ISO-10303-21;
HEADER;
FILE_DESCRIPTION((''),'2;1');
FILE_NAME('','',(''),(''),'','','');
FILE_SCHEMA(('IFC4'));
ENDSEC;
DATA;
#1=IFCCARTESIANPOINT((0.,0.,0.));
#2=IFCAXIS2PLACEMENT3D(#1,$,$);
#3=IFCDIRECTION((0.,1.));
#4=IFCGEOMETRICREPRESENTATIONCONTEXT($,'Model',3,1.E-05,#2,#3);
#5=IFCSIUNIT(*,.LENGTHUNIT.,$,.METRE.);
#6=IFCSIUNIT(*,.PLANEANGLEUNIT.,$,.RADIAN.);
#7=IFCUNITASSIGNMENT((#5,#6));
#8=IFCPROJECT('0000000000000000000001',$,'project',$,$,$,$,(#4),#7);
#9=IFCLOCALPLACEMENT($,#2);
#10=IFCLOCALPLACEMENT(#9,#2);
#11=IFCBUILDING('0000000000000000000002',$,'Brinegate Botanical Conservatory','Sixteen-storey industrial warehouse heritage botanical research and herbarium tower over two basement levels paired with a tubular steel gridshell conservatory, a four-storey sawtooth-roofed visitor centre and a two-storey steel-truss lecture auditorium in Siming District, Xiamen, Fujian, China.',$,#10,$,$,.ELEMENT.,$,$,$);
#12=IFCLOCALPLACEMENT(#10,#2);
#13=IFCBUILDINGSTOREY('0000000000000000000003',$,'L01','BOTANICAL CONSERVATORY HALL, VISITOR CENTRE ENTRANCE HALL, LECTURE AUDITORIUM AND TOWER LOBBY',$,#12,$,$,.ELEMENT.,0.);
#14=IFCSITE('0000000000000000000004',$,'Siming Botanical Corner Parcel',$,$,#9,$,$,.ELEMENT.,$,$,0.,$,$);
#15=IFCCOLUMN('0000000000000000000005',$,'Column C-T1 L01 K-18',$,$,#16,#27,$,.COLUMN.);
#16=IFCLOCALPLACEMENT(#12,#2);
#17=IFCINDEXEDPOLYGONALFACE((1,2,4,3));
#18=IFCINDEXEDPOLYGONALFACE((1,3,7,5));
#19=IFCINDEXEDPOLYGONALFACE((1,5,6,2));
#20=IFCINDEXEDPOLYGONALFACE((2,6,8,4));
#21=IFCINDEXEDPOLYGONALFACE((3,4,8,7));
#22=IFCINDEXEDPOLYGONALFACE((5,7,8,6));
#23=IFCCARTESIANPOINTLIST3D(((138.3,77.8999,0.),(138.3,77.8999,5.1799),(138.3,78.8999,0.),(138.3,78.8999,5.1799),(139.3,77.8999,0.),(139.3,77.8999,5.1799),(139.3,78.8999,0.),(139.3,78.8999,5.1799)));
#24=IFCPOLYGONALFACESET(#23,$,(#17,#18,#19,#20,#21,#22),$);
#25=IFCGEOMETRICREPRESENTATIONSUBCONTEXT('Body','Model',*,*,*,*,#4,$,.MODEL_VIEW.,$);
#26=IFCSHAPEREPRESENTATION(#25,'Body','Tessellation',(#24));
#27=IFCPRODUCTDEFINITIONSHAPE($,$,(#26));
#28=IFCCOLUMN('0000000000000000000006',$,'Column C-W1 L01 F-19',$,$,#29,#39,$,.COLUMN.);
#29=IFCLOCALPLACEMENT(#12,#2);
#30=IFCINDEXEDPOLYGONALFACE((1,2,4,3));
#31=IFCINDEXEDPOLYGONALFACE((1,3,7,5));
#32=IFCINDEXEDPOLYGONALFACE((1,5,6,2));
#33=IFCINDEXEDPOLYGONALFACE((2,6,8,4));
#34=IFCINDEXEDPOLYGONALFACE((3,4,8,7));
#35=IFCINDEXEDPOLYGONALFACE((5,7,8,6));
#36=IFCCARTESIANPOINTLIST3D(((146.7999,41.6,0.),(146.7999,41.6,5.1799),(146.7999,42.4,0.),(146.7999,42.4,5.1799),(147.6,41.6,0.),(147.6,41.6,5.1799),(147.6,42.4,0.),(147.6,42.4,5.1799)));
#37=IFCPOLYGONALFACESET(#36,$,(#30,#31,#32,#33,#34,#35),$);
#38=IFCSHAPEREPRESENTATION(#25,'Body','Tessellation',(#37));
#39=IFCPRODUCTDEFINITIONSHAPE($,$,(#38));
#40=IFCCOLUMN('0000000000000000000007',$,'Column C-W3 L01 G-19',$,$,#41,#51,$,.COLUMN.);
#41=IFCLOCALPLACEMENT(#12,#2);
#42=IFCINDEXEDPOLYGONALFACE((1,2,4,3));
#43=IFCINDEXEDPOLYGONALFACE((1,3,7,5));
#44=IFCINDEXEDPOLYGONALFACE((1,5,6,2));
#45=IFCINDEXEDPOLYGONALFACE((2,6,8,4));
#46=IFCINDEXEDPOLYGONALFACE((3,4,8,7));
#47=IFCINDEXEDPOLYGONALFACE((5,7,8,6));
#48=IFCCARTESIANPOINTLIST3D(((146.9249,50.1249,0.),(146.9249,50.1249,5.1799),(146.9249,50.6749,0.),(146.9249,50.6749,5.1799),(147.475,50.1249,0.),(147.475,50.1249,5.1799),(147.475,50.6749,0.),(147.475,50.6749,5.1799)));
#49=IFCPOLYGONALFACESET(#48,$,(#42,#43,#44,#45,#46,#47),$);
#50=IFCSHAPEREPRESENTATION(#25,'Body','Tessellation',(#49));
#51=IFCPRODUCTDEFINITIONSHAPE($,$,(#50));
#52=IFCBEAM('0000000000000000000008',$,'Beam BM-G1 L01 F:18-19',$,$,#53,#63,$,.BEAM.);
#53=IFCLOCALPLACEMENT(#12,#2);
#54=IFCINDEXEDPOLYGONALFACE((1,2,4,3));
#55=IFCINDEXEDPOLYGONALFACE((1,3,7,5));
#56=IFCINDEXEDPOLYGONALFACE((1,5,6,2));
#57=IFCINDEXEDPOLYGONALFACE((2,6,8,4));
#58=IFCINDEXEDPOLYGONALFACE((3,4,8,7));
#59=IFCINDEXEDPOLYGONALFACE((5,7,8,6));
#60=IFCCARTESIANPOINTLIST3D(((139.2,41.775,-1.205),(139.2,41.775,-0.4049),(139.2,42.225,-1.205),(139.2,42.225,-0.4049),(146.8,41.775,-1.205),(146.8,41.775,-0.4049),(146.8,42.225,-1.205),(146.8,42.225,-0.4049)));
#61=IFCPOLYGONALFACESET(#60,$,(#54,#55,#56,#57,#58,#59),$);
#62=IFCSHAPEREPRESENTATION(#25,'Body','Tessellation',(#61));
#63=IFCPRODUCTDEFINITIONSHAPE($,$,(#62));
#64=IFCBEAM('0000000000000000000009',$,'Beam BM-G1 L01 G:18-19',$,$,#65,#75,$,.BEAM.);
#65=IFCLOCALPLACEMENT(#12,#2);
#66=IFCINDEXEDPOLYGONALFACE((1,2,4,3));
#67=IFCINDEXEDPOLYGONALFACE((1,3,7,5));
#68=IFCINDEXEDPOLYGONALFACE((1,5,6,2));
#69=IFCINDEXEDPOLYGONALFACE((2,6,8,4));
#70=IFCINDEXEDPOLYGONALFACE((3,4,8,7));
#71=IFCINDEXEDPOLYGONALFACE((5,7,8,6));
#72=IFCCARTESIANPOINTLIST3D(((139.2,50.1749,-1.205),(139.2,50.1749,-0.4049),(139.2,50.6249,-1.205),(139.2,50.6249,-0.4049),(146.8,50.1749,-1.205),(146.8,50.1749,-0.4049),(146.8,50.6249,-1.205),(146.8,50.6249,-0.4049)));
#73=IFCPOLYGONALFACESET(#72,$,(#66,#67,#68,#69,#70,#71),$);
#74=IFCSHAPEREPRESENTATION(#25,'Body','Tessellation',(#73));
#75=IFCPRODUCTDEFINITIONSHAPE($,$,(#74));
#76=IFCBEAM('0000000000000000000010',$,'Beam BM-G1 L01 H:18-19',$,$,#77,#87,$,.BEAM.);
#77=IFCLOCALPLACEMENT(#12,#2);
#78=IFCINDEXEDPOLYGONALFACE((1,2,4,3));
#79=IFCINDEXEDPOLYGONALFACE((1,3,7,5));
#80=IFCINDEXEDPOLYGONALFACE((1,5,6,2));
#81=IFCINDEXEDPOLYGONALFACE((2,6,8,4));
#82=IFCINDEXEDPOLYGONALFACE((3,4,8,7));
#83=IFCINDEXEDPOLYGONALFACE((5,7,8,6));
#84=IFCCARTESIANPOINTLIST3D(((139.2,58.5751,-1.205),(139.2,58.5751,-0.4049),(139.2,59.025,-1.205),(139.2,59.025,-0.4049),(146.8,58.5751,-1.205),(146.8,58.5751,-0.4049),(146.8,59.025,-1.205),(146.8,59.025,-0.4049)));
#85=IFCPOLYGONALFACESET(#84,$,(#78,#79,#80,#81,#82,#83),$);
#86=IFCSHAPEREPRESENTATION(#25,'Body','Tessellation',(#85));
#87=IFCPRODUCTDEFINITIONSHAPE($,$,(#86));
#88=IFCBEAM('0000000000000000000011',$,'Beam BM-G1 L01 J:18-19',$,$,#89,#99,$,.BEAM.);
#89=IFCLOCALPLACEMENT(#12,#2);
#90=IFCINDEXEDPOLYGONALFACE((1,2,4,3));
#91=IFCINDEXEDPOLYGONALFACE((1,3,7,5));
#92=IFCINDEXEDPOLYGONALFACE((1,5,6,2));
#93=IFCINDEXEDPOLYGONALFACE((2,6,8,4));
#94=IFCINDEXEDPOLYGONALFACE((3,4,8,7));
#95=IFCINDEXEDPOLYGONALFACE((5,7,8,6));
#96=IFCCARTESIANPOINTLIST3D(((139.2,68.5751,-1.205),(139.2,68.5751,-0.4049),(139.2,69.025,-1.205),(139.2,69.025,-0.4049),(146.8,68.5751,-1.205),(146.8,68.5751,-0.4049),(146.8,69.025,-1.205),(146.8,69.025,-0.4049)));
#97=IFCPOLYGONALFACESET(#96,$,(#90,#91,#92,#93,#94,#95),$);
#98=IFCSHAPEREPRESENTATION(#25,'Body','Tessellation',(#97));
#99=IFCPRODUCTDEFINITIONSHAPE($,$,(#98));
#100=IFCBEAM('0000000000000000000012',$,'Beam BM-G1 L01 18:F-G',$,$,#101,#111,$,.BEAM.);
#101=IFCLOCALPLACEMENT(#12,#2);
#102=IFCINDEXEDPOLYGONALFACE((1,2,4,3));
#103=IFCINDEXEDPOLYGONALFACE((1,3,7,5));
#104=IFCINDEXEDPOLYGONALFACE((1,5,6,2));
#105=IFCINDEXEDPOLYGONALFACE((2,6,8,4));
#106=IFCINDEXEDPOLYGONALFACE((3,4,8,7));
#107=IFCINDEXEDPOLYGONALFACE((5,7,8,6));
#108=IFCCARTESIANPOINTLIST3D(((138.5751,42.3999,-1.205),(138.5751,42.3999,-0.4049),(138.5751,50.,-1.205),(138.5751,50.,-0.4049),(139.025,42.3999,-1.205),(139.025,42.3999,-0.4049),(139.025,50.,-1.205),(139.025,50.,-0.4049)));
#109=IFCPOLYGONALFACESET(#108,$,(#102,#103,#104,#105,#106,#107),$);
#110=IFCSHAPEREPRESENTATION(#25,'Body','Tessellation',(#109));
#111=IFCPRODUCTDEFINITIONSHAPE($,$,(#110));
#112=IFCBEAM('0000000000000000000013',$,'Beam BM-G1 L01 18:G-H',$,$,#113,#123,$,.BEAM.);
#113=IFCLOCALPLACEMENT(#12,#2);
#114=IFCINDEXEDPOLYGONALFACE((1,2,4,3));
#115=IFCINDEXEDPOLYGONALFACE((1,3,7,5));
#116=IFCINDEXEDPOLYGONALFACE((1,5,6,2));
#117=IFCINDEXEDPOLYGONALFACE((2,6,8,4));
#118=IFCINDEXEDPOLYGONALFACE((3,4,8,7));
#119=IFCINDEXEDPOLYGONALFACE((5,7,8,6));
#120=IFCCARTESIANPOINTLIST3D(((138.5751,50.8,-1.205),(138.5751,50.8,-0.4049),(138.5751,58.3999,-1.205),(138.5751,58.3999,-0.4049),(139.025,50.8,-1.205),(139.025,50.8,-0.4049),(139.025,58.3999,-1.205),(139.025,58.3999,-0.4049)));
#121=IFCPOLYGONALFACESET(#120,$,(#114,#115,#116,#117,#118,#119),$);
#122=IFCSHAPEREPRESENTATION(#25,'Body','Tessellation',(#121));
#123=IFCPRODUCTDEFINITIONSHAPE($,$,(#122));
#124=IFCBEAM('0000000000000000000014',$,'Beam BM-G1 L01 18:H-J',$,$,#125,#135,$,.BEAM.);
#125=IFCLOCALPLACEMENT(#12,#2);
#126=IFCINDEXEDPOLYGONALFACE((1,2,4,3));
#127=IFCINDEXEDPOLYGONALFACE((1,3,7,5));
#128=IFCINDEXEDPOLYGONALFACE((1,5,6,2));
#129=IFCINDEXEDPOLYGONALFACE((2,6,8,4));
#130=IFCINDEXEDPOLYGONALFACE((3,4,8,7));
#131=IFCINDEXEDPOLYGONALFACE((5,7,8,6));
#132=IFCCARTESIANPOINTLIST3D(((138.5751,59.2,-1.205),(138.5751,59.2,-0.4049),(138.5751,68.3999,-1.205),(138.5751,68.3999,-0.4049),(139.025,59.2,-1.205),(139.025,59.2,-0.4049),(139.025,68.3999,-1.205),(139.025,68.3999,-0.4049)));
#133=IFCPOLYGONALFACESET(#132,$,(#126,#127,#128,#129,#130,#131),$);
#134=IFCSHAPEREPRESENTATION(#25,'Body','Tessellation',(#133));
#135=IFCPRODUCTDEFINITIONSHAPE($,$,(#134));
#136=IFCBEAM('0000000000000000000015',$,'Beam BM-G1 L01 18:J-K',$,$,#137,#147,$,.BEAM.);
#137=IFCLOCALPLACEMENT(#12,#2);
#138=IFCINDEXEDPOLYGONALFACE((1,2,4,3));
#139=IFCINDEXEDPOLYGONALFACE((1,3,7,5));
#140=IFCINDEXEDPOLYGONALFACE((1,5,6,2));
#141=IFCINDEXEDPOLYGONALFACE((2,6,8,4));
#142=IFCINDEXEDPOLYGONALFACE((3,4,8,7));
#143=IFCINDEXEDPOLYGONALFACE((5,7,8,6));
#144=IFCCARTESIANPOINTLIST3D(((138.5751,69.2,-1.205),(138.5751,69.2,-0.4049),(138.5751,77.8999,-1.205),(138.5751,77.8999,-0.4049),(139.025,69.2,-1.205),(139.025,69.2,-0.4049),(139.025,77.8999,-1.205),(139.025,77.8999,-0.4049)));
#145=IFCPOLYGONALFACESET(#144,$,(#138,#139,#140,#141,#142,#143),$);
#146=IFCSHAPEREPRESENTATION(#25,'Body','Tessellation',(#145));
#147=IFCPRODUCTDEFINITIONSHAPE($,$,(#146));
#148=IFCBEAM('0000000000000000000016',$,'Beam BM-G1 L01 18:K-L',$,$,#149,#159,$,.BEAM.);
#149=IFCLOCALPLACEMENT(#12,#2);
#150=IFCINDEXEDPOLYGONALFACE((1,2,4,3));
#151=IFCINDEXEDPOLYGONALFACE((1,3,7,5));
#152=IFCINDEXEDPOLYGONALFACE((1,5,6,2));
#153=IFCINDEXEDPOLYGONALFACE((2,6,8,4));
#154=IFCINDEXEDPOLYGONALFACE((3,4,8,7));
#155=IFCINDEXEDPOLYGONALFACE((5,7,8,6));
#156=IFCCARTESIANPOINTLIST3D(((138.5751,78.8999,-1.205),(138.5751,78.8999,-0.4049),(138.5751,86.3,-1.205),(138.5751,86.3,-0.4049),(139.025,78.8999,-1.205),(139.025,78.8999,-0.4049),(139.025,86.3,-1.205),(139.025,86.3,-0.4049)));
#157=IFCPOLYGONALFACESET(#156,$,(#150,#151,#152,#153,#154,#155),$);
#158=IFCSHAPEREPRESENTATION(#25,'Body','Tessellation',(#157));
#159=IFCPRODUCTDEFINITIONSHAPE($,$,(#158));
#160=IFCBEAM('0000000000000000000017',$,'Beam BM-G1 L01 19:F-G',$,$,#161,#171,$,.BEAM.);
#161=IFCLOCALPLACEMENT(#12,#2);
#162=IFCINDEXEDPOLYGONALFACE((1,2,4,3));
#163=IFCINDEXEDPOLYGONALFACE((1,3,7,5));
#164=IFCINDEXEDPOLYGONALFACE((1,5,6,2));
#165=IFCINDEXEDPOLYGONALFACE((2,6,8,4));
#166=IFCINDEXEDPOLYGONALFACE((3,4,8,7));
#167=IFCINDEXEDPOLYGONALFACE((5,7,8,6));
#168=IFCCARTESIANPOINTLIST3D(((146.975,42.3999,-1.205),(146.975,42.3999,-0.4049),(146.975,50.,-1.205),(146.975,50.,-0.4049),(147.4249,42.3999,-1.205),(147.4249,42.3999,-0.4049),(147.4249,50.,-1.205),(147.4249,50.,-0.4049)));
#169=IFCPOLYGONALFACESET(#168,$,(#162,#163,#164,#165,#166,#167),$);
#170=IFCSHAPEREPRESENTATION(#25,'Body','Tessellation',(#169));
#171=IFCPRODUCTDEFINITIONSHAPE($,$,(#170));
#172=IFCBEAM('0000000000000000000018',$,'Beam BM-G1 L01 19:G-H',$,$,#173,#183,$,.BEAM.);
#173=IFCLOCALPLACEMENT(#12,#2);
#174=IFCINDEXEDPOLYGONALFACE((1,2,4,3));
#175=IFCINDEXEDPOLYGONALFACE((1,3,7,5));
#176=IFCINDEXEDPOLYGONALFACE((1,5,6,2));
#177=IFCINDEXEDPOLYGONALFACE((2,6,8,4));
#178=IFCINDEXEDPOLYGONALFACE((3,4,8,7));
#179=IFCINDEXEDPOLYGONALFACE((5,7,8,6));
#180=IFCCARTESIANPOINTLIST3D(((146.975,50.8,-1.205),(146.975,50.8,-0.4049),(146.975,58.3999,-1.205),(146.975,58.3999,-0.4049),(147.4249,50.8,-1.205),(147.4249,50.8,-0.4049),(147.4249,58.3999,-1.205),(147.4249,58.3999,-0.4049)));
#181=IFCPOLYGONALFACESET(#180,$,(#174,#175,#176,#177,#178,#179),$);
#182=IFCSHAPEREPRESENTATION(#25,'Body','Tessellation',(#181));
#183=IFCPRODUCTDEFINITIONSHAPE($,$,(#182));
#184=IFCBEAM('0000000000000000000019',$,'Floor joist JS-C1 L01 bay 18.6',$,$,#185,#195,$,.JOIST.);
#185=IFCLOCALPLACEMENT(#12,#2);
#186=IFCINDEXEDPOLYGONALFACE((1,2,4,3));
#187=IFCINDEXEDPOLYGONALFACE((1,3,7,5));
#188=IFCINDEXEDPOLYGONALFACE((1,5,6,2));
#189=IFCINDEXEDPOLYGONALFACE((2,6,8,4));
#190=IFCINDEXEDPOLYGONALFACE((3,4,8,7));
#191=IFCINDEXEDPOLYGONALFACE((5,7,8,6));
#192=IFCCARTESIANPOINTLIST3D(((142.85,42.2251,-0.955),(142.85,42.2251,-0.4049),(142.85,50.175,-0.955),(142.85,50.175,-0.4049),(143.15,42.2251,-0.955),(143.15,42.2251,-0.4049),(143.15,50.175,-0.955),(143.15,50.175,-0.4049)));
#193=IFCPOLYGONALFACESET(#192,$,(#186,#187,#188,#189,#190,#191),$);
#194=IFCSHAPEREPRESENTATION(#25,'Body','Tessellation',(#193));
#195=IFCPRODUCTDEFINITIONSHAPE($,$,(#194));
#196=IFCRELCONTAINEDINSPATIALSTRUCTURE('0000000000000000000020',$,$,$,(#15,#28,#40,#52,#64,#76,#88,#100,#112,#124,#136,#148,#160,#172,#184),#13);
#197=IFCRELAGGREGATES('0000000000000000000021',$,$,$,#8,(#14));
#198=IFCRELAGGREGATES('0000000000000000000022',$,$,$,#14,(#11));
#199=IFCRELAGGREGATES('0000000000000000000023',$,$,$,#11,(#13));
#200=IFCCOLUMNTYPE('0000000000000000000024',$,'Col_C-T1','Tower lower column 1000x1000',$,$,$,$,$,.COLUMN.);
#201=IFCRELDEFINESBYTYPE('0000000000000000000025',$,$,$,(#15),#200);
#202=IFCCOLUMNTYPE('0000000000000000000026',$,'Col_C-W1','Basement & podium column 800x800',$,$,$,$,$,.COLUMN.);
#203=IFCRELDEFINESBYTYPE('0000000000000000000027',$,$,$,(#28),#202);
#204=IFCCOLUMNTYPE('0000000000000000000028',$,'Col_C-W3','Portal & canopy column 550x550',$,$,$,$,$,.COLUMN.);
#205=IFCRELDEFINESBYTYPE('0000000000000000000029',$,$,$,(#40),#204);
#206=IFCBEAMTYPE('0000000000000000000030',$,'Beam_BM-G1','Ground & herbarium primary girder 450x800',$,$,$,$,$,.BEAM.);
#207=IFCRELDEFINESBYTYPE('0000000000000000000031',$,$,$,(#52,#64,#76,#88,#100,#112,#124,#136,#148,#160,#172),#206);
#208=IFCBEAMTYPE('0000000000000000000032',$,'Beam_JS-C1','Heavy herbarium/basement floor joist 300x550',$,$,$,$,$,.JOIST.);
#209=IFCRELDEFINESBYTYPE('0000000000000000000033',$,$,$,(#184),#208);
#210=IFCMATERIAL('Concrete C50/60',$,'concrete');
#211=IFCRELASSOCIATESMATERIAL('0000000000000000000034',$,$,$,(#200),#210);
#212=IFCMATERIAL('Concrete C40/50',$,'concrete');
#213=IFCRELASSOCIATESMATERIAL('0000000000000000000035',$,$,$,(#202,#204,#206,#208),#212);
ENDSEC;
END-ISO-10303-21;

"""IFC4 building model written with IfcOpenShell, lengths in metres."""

from ifc_helpers import new_model, si_unit, direction, frame, origin, origin_2d, place, context, subcontext, project, spatial, rectangle, extrude, material, material_profile, profile_set, type_object, element, save


model = new_model("IFC4")

# Units and contexts
model_context = context("Model", 3, precision=1e-05, world=origin(), true_north=direction((0.0, 1.0)))
body_context = subcontext(model_context, "Body", "Model", "MODEL_VIEW")
ifc_project = project(units=[si_unit("LENGTHUNIT", "METRE"), si_unit("PLANEANGLEUNIT", "RADIAN")], contexts=[model_context])

# Site, building, storey
site_placement = place(None, origin())
site = spatial("IfcSite", under=ifc_project, at=site_placement, Name="Siming Botanical Corner Parcel", CompositionType="ELEMENT", RefElevation=0.0)
building_placement = place(site_placement, origin())
building = spatial("IfcBuilding", under=site, at=building_placement, Name="Brinegate Botanical Conservatory", Description="Sixteen-storey industrial warehouse heritage botanical research and herbarium tower over two basement levels paired with a tubular steel gridshell conservatory, a four-storey sawtooth-roofed visitor centre and a two-storey steel-truss lecture auditorium in Siming District, Xiamen, Fujian, China.", CompositionType="ELEMENT")
storey_placement = place(building_placement, origin())
storey = spatial("IfcBuildingStorey", under=building, at=storey_placement, Name="L01", Description="BOTANICAL CONSERVATORY HALL, VISITOR CENTRE ENTRANCE HALL, LECTURE AUDITORIUM AND TOWER LOBBY", CompositionType="ELEMENT", Elevation=0.0)

# Columns
ifc_material_1 = material(Name="Concrete C50/60", Category="concrete")
ifc_material_profile_1 = material_profile(ifc_material_1, rectangle(XDim=1.0, YDim=1.0, at=origin_2d()), Name="RC COL 1000x1000")
ifc_profile_set_1 = profile_set([ifc_material_profile_1], Name="Concrete C50/60")
column_type_1 = type_object("IfcColumnType", Name="Col_C-T1", Description="Tower lower column 1000x1000", PredefinedType="COLUMN", material=ifc_profile_set_1)
column_1_placement = place(storey_placement, frame((138.8, 78.3999, 0.0), z_axis=(0.0, 0.0, 1.0), x_axis=(1.0, 0.0, 0.0)))
element("IfcColumn", 1, at=column_1_placement, inside=storey, type_object=column_type_1, Name="Column C-T1 L01 K-18", PredefinedType="COLUMN", context=body_context, shape_type="SweptSolid", body=[
    extrude(rectangle(XDim=1.0, YDim=1.0, at=origin_2d()), origin(), (0.0, 0.0, 1.0), 5.1799),
])
ifc_material_2 = material(Name="Concrete C40/50", Category="concrete")
ifc_material_profile_2 = material_profile(ifc_material_2, rectangle(XDim=0.8, YDim=0.8, at=origin_2d()), Name="RC COL 800x800")
ifc_profile_set_2 = profile_set([ifc_material_profile_2], Name="Concrete C40/50")
column_type_2 = type_object("IfcColumnType", Name="Col_C-W1", Description="Basement & podium column 800x800", PredefinedType="COLUMN", material=ifc_profile_set_2)
column_2_placement = place(storey_placement, frame((147.2, 42.0, 0.0), z_axis=(0.0, 0.0, 1.0), x_axis=(1.0, 0.0, 0.0)))
element("IfcColumn", 2, at=column_2_placement, inside=storey, type_object=column_type_2, Name="Column C-W1 L01 F-19", PredefinedType="COLUMN", context=body_context, shape_type="SweptSolid", body=[
    extrude(rectangle(XDim=0.8, YDim=0.8, at=origin_2d()), origin(), (0.0, 0.0, 1.0), 5.1799),
])
ifc_material_profile_3 = material_profile(ifc_material_2, rectangle(XDim=0.55, YDim=0.55, at=origin_2d()), Name="RC COL 550x550")
ifc_profile_set_3 = profile_set([ifc_material_profile_3], Name="Concrete C40/50")
column_type_3 = type_object("IfcColumnType", Name="Col_C-W3", Description="Portal & canopy column 550x550", PredefinedType="COLUMN", material=ifc_profile_set_3)
column_3_placement = place(storey_placement, frame((147.2, 50.3999, 0.0), z_axis=(0.0, 0.0, 1.0), x_axis=(1.0, 0.0, 0.0)))
element("IfcColumn", 3, at=column_3_placement, inside=storey, type_object=column_type_3, Name="Column C-W3 L01 G-19", PredefinedType="COLUMN", context=body_context, shape_type="SweptSolid", body=[
    extrude(rectangle(XDim=0.55, YDim=0.55, at=origin_2d()), origin(), (0.0, 0.0, 1.0), 5.1799),
])

# Beams
ifc_material_profile_4 = material_profile(ifc_material_2, rectangle(XDim=0.45, YDim=0.8, at=origin_2d()), Name="RC BM 450x800")
ifc_profile_set_4 = profile_set([ifc_material_profile_4], Name="Concrete C40/50")
beam_type_1 = type_object("IfcBeamType", Name="Beam_BM-G1", Description="Ground & herbarium primary girder 450x800", PredefinedType="BEAM", material=ifc_profile_set_4)
for number, where, z_axis, x_axis, name in (
    (4, (139.2, 42.0, -0.8049), (1.0, 0.0, 0.0), (0.0, 1.0, 0.0), "Beam BM-G1 L01 F:18-19"),
    (5, (139.2, 50.3999, -0.8049), (1.0, 0.0, 0.0), (0.0, 1.0, 0.0), "Beam BM-G1 L01 G:18-19"),
    (6, (139.2, 58.8, -0.8049), (1.0, 0.0, 0.0), (0.0, 1.0, 0.0), "Beam BM-G1 L01 H:18-19"),
    (7, (139.2, 68.8, -0.8049), (1.0, 0.0, 0.0), (0.0, 1.0, 0.0), "Beam BM-G1 L01 J:18-19"),
    (8, (138.8, 42.3999, -0.8049), (0.0, 1.0, 0.0), (-1.0, 0.0, 0.0), "Beam BM-G1 L01 18:F-G"),
):
    element("IfcBeam", number, at=place(storey_placement, frame(where, z_axis=z_axis, x_axis=x_axis)), inside=storey, type_object=beam_type_1, Name=name, PredefinedType="BEAM", context=body_context, shape_type="SweptSolid", body=[
        extrude(rectangle(XDim=0.45, YDim=0.8, at=origin_2d()), origin(), (0.0, 0.0, 1.0), 7.6001),
    ])
beam_1_placement = place(storey_placement, frame((138.8, 50.8, -0.8049), z_axis=(0.0, 1.0, 0.0), x_axis=(-1.0, 0.0, 0.0)))
element("IfcBeam", 9, at=beam_1_placement, inside=storey, type_object=beam_type_1, Name="Beam BM-G1 L01 18:G-H", PredefinedType="BEAM", context=body_context, shape_type="SweptSolid", body=[
    extrude(rectangle(XDim=0.45, YDim=0.8, at=origin_2d()), origin(), (0.0, 0.0, 1.0), 7.5999),
])
beam_2_placement = place(storey_placement, frame((138.8, 59.2, -0.8049), z_axis=(0.0, 1.0, 0.0), x_axis=(-1.0, 0.0, 0.0)))
element("IfcBeam", 10, at=beam_2_placement, inside=storey, type_object=beam_type_1, Name="Beam BM-G1 L01 18:H-J", PredefinedType="BEAM", context=body_context, shape_type="SweptSolid", body=[
    extrude(rectangle(XDim=0.45, YDim=0.8, at=origin_2d()), origin(), (0.0, 0.0, 1.0), 9.2),
])
beam_3_placement = place(storey_placement, frame((138.8, 69.2, -0.8049), z_axis=(0.0, 1.0, 0.0), x_axis=(-1.0, 0.0, 0.0)))
element("IfcBeam", 11, at=beam_3_placement, inside=storey, type_object=beam_type_1, Name="Beam BM-G1 L01 18:J-K", PredefinedType="BEAM", context=body_context, shape_type="SweptSolid", body=[
    extrude(rectangle(XDim=0.45, YDim=0.8, at=origin_2d()), origin(), (0.0, 0.0, 1.0), 8.7),
])
beam_4_placement = place(storey_placement, frame((138.8, 78.8999, -0.8049), z_axis=(0.0, 1.0, 0.0), x_axis=(-1.0, 0.0, 0.0)))
element("IfcBeam", 12, at=beam_4_placement, inside=storey, type_object=beam_type_1, Name="Beam BM-G1 L01 18:K-L", PredefinedType="BEAM", context=body_context, shape_type="SweptSolid", body=[
    extrude(rectangle(XDim=0.45, YDim=0.8, at=origin_2d()), origin(), (0.0, 0.0, 1.0), 7.4001),
])
beam_5_placement = place(storey_placement, frame((147.2, 42.3999, -0.8049), z_axis=(0.0, 1.0, 0.0), x_axis=(-1.0, 0.0, 0.0)))
element("IfcBeam", 13, at=beam_5_placement, inside=storey, type_object=beam_type_1, Name="Beam BM-G1 L01 19:F-G", PredefinedType="BEAM", context=body_context, shape_type="SweptSolid", body=[
    extrude(rectangle(XDim=0.45, YDim=0.8, at=origin_2d()), origin(), (0.0, 0.0, 1.0), 7.6001),
])
beam_6_placement = place(storey_placement, frame((147.2, 50.8, -0.8049), z_axis=(0.0, 1.0, 0.0), x_axis=(-1.0, 0.0, 0.0)))
element("IfcBeam", 14, at=beam_6_placement, inside=storey, type_object=beam_type_1, Name="Beam BM-G1 L01 19:G-H", PredefinedType="BEAM", context=body_context, shape_type="SweptSolid", body=[
    extrude(rectangle(XDim=0.45, YDim=0.8, at=origin_2d()), origin(), (0.0, 0.0, 1.0), 7.5999),
])
ifc_material_profile_5 = material_profile(ifc_material_2, rectangle(XDim=0.3, YDim=0.55, at=origin_2d()), Name="RC JST 300x550")
ifc_profile_set_5 = profile_set([ifc_material_profile_5], Name="Concrete C40/50")
beam_type_2 = type_object("IfcBeamType", Name="Beam_JS-C1", Description="Heavy herbarium/basement floor joist 300x550", PredefinedType="JOIST", material=ifc_profile_set_5)
for number, where, z_axis, x_axis, name in (
    (15, (143.0, 42.2251, -0.6799), (0.0, 1.0, 0.0), (-1.0, 0.0, 0.0), "Floor joist JS-C1 L01 bay 18.6"),
):
    element("IfcBeam", number, at=place(storey_placement, frame(where, z_axis=z_axis, x_axis=x_axis)), inside=storey, type_object=beam_type_2, Name=name, PredefinedType="JOIST", context=body_context, shape_type="SweptSolid", body=[
        extrude(rectangle(XDim=0.3, YDim=0.55, at=origin_2d()), origin(), (0.0, 0.0, 1.0), 7.95),
    ])

save(model, "model.ifc")
